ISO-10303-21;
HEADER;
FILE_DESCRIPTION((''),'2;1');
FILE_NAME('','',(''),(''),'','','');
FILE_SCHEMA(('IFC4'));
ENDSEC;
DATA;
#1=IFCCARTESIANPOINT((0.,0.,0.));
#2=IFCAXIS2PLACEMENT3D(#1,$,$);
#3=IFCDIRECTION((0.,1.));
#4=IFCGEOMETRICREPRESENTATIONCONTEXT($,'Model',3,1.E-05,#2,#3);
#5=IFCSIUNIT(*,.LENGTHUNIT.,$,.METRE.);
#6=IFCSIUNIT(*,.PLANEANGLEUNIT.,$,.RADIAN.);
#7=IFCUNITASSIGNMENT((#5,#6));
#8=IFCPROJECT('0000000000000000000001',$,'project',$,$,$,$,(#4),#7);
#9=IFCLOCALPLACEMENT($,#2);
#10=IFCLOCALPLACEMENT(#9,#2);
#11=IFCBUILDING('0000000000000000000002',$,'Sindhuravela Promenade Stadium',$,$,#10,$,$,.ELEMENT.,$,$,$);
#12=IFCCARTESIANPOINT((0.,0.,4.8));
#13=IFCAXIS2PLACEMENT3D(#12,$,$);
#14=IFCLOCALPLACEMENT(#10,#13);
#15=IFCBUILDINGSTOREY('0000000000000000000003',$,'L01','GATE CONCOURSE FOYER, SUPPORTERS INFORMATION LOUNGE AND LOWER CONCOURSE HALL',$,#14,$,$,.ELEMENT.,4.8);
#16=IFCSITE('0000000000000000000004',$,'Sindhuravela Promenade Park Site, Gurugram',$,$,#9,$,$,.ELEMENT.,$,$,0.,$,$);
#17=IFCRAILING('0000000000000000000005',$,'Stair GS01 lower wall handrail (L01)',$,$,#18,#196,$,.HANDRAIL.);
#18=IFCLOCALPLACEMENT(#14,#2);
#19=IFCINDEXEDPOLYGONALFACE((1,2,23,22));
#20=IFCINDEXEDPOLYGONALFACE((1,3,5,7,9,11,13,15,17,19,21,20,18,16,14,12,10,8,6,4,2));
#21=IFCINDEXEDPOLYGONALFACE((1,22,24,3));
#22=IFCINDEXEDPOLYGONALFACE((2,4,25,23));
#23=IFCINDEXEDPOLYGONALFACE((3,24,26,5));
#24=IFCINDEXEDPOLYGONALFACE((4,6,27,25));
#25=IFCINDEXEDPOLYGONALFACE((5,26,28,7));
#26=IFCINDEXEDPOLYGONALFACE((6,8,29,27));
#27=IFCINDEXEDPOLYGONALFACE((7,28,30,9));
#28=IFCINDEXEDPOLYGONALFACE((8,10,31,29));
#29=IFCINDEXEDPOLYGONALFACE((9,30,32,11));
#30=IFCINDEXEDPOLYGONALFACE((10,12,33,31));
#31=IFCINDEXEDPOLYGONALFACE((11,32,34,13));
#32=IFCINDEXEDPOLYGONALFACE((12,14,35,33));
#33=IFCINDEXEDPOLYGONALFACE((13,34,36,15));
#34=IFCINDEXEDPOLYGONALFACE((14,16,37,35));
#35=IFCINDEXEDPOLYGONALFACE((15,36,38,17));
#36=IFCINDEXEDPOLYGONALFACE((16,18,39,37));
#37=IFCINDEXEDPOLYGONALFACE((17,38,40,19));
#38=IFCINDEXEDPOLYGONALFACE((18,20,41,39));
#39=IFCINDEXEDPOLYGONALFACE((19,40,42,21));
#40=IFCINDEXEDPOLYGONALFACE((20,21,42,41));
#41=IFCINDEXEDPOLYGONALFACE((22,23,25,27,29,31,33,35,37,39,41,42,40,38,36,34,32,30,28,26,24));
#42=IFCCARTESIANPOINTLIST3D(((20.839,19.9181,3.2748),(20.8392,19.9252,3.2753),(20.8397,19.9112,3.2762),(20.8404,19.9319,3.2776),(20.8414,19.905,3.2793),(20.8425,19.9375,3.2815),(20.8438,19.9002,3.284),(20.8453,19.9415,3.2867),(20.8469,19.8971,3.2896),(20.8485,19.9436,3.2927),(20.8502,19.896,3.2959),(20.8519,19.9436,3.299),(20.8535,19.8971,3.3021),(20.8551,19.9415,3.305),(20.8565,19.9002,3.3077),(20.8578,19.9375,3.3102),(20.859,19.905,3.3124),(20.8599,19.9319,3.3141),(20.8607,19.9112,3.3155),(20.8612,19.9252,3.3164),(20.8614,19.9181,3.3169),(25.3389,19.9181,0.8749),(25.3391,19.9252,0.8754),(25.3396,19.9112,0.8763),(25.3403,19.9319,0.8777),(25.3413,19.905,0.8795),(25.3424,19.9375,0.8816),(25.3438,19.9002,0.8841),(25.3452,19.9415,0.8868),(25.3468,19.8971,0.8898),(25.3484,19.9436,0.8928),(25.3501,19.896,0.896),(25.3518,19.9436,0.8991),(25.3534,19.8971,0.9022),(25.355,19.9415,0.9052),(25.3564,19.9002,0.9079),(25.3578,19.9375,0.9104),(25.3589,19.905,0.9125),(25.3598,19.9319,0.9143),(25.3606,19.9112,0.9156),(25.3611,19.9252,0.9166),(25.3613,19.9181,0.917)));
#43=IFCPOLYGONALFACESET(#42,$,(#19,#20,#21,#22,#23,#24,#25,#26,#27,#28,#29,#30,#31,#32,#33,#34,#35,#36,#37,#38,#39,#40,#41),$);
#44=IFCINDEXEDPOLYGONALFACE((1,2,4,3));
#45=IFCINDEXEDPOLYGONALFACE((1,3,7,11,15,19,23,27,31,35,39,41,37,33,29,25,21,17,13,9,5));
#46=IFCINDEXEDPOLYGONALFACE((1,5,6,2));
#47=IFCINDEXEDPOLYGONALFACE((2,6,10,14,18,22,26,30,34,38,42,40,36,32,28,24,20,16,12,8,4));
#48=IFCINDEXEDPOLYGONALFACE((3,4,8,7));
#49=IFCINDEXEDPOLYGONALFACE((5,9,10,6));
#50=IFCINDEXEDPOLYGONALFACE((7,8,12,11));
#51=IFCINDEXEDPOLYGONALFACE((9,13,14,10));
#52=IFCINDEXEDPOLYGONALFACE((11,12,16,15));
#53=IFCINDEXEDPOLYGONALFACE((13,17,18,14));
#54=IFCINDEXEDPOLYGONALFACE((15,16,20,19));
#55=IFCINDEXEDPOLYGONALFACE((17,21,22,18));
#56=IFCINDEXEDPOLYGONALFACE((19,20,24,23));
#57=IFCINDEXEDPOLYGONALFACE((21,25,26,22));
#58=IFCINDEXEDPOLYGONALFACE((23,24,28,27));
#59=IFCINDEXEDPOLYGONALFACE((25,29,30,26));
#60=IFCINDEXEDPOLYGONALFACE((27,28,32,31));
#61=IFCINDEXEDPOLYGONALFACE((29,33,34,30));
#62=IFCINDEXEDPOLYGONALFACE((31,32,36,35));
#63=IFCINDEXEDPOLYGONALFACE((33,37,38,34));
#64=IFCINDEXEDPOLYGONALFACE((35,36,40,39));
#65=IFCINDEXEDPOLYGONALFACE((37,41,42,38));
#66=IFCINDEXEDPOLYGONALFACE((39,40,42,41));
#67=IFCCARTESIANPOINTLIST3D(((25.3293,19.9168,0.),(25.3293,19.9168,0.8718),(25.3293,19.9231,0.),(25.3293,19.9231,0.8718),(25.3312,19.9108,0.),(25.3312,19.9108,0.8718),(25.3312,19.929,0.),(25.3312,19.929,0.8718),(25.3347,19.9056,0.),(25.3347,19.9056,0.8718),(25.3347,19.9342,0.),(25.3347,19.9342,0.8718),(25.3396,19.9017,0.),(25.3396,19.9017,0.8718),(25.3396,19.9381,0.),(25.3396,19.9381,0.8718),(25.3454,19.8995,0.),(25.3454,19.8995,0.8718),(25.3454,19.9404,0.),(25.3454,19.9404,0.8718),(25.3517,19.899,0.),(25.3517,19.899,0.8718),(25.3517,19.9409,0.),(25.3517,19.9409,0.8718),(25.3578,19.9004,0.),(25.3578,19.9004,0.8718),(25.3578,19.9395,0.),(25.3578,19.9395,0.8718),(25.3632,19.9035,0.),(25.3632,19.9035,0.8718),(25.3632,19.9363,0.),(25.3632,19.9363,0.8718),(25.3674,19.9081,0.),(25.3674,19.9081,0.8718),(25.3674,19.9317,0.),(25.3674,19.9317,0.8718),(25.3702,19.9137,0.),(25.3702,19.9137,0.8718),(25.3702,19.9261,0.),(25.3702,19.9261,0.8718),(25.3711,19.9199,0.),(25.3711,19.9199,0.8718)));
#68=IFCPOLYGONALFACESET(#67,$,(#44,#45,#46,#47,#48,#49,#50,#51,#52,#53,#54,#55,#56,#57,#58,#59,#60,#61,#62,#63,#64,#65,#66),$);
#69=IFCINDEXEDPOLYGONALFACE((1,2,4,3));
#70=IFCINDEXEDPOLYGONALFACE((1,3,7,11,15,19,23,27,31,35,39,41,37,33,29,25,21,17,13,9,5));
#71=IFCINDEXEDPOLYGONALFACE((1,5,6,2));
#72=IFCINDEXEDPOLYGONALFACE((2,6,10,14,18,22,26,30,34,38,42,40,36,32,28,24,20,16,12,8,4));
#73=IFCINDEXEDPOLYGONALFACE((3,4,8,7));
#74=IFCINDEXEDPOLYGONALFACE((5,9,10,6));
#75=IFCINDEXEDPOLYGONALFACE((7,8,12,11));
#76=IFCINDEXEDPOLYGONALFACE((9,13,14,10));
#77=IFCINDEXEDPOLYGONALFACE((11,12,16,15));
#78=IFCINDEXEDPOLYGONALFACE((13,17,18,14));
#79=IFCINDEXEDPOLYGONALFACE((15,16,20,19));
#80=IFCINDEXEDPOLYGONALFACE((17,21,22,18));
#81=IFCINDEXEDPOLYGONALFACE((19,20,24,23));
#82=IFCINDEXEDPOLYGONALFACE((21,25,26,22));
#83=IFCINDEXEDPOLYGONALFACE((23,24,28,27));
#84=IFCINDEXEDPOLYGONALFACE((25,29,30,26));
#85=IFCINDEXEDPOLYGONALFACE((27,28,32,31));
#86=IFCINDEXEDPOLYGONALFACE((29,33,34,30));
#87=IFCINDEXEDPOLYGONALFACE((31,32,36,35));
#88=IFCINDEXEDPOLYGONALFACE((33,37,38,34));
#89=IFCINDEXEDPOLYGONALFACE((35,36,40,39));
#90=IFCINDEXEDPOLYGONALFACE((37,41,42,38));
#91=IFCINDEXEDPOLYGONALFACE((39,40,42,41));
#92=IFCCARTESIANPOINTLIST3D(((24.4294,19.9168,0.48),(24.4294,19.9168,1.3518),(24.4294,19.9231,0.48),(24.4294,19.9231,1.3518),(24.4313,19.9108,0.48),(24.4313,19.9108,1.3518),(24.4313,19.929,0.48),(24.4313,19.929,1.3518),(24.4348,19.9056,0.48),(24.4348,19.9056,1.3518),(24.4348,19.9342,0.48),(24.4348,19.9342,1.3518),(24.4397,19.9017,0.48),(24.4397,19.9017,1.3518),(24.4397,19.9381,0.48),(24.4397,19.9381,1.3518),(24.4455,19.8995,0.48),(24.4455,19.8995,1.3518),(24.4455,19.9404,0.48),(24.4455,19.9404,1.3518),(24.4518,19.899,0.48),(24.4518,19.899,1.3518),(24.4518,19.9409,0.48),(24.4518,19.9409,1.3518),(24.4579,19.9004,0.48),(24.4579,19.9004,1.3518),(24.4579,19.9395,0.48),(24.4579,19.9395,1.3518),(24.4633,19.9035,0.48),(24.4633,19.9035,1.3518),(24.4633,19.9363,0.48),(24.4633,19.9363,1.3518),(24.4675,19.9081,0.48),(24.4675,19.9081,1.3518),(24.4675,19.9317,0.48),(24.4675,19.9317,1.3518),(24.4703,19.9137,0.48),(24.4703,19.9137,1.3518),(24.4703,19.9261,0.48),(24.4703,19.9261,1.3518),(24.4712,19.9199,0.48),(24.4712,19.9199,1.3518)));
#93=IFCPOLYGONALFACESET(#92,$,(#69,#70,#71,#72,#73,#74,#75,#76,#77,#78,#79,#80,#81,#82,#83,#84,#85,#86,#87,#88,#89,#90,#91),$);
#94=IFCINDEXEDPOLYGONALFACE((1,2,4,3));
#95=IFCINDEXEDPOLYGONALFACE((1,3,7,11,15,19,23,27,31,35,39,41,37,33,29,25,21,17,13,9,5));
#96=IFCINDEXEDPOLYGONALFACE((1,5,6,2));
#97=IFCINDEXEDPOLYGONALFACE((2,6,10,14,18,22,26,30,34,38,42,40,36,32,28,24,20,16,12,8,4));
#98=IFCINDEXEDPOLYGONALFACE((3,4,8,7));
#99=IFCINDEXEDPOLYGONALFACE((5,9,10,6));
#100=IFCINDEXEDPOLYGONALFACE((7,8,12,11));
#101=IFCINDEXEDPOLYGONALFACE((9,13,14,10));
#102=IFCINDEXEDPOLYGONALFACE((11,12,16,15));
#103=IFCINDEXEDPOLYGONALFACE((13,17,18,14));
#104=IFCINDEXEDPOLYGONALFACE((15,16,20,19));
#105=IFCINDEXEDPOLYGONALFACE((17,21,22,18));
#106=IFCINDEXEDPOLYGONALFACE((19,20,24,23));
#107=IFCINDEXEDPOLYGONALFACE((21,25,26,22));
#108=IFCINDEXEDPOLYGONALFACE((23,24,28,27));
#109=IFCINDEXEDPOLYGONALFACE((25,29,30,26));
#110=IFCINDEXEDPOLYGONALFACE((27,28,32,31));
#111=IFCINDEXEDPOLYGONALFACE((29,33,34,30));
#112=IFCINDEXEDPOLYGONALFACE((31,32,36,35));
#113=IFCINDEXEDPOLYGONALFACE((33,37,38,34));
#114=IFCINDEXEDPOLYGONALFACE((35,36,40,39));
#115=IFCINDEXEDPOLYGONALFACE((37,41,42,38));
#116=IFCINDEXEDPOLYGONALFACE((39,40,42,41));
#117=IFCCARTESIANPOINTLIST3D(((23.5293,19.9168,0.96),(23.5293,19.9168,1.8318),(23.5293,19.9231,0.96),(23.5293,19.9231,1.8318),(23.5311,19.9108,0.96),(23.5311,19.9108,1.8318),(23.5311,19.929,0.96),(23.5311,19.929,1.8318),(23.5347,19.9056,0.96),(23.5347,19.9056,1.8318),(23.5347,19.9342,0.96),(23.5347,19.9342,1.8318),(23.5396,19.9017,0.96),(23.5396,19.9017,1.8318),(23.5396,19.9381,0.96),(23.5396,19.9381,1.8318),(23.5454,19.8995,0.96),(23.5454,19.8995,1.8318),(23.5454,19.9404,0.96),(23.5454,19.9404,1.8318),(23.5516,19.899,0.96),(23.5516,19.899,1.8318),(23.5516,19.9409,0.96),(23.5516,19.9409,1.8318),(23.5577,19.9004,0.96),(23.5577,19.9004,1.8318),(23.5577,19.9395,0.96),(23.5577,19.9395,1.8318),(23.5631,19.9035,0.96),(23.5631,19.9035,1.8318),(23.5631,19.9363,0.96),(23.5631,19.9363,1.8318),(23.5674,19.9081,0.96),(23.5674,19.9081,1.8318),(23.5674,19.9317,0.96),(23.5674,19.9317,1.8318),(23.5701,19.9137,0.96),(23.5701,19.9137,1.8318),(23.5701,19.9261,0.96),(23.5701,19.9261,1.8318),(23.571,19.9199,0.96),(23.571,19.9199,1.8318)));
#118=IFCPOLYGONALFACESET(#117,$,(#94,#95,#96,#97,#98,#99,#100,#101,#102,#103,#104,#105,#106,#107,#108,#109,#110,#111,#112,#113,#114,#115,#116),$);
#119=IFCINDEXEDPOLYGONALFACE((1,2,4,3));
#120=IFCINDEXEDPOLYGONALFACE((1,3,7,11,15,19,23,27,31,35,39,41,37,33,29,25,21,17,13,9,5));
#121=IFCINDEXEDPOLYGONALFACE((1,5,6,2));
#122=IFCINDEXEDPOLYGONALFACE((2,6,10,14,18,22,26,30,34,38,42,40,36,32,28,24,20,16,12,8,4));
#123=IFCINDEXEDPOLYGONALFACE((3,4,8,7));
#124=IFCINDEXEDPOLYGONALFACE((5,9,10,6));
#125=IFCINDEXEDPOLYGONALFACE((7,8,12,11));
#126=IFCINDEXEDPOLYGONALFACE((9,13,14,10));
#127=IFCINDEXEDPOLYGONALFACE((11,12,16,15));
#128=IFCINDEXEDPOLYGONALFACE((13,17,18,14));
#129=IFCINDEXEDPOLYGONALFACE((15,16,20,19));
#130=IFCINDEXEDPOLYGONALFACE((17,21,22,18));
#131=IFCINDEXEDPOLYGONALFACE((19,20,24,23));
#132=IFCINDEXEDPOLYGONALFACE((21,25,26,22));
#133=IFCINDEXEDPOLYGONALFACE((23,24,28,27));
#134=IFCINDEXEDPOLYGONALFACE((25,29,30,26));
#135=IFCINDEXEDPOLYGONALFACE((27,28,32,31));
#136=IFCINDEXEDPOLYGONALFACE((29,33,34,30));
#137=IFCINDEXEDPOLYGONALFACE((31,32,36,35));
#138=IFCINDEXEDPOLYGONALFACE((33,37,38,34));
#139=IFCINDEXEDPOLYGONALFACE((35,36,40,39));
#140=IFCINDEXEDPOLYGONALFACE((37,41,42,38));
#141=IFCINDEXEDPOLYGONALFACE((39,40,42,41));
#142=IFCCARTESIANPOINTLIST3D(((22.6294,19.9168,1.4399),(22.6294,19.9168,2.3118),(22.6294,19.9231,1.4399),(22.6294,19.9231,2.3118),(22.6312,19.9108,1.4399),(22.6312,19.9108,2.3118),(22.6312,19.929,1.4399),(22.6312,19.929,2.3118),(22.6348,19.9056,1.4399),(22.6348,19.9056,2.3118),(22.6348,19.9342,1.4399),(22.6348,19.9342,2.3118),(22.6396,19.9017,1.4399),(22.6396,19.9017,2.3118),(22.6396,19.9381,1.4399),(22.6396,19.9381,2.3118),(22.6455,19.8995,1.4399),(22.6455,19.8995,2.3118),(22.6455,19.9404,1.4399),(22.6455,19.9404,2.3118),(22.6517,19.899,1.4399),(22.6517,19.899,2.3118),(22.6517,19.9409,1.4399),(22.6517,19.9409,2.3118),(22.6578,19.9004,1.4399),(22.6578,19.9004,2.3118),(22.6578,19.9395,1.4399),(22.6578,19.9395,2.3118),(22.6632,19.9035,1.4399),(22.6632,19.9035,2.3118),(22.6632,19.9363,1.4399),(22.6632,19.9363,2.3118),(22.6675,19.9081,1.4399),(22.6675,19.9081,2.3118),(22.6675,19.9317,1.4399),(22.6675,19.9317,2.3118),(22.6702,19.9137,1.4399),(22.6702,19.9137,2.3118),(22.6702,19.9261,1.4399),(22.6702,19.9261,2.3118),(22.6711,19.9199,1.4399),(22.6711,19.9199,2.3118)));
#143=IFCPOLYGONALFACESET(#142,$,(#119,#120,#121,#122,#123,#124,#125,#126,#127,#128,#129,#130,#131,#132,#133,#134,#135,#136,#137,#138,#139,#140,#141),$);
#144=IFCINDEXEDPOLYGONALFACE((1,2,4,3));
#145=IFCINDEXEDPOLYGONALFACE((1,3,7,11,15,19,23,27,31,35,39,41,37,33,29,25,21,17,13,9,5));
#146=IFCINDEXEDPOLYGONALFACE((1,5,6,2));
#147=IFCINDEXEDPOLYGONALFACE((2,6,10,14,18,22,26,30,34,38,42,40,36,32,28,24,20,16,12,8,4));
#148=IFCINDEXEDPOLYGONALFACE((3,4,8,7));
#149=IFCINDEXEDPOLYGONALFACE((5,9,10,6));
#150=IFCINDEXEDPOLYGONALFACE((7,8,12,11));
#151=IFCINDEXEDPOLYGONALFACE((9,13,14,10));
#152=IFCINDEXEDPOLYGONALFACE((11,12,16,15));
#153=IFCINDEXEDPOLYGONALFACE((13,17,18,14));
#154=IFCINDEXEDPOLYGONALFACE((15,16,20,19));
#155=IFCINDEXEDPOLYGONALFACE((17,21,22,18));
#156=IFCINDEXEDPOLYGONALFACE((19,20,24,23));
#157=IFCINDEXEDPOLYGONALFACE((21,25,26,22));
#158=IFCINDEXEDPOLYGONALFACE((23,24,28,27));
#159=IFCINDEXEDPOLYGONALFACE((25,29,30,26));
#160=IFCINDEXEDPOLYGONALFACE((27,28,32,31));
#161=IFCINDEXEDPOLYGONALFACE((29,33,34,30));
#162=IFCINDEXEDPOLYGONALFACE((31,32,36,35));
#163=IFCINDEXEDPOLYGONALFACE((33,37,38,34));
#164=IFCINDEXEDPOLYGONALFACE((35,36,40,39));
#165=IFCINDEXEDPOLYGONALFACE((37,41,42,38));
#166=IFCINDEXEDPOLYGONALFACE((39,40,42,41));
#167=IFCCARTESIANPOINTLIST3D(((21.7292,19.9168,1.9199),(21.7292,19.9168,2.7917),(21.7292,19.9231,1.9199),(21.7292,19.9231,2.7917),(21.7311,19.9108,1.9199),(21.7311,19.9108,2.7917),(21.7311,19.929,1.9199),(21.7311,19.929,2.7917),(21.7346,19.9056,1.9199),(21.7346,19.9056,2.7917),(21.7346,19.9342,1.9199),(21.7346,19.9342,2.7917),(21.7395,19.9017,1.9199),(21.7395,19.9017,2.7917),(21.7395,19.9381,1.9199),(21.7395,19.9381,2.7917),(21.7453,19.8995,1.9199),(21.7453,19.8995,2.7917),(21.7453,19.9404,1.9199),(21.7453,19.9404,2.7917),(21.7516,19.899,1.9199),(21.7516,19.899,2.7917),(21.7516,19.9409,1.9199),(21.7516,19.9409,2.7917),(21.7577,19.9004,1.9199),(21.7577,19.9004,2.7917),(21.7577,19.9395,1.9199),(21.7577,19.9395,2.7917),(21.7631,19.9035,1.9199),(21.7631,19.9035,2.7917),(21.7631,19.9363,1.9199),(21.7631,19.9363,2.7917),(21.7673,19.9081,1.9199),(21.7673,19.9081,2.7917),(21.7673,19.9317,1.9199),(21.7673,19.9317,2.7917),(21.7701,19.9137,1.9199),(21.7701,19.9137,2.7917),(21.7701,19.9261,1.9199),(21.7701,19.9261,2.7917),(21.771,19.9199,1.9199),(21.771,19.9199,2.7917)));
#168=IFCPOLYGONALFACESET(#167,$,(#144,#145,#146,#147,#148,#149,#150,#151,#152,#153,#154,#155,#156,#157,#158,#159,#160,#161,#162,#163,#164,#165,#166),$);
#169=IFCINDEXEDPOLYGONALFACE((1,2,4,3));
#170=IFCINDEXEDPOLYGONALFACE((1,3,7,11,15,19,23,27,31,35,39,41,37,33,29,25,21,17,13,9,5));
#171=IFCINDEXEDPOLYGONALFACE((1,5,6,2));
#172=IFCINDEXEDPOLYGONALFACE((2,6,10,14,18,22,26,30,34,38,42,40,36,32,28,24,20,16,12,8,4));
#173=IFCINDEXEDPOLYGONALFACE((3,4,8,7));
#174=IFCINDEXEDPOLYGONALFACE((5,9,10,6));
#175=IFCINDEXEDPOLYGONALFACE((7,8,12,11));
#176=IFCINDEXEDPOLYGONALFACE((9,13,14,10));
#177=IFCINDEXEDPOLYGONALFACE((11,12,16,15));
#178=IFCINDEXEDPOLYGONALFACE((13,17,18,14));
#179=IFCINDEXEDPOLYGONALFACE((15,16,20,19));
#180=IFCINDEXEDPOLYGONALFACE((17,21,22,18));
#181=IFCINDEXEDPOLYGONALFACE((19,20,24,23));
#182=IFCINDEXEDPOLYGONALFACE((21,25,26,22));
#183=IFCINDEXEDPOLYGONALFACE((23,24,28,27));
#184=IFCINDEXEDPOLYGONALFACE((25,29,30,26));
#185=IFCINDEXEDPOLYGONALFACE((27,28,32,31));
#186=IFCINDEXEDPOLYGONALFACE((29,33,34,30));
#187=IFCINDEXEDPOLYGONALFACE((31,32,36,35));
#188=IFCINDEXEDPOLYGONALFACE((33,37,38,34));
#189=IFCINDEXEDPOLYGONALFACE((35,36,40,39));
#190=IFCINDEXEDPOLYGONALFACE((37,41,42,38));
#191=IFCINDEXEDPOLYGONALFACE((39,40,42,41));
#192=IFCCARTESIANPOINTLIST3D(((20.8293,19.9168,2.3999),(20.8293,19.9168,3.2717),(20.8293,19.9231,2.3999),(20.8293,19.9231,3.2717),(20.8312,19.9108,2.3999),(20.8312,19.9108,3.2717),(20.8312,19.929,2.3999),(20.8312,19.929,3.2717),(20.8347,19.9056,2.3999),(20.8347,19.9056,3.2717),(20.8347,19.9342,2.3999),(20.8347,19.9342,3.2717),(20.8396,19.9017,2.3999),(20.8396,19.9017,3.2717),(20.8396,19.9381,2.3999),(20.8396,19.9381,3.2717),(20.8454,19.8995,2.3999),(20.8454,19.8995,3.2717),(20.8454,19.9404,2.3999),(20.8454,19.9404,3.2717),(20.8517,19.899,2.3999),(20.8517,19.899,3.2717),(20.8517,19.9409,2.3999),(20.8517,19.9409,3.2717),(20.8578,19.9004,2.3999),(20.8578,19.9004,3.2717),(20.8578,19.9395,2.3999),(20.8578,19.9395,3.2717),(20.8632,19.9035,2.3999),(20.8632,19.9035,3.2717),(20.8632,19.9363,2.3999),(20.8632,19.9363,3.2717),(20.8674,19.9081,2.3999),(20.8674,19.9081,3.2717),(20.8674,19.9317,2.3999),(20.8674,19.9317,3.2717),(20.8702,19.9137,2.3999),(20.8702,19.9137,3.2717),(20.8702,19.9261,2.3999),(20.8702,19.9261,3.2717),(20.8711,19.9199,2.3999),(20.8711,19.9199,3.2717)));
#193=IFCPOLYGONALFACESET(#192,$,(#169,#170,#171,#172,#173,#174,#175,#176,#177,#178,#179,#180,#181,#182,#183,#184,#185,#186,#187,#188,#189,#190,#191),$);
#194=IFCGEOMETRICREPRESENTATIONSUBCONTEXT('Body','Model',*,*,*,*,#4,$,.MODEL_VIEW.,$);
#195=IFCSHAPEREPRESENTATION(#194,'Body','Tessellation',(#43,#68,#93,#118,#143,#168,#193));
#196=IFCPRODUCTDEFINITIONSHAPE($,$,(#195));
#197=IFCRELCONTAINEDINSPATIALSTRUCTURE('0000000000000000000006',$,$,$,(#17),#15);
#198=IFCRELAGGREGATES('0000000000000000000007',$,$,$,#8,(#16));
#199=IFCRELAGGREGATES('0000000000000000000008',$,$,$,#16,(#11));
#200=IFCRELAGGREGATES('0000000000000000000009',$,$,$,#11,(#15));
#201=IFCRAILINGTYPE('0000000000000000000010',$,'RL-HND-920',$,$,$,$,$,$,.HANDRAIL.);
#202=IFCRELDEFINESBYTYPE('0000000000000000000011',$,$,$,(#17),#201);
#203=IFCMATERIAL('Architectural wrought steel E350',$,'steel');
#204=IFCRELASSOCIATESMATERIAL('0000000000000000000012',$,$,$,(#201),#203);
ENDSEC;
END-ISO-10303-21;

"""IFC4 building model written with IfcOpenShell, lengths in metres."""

from ifc_helpers import new_model, si_unit, direction, frame, origin, origin_2d, place, context, subcontext, project, spatial, circle, extrude, material, type_object, element, save


model = new_model("IFC4")

# Units and contexts
model_context = context("Model", 3, precision=1e-05, world=origin(), true_north=direction((0.0, 1.0)))
body_context = subcontext(model_context, "Body", "Model", "MODEL_VIEW")
ifc_project = project(units=[si_unit("LENGTHUNIT", "METRE"), si_unit("PLANEANGLEUNIT", "RADIAN")], contexts=[model_context])

# Site, building, storey
site_placement = place(None, origin())
site = spatial("IfcSite", under=ifc_project, at=site_placement, Name="Sindhuravela Promenade Park Site, Gurugram", CompositionType="ELEMENT", RefElevation=0.0)
building_placement = place(site_placement, origin())
building = spatial("IfcBuilding", under=site, at=building_placement, Name="Sindhuravela Promenade Stadium", CompositionType="ELEMENT")
storey_placement = place(building_placement, frame((0.0, 0.0, 4.8)))
storey = spatial("IfcBuildingStorey", under=building, at=storey_placement, Name="L01", Description="GATE CONCOURSE FOYER, SUPPORTERS INFORMATION LOUNGE AND LOWER CONCOURSE HALL", CompositionType="ELEMENT", Elevation=4.8)

# Shared definitions
ifc_material_1 = material(Name="Architectural wrought steel E350", Category="steel")

# Railing
railing_type = type_object("IfcRailingType", Name="RL-HND-920", PredefinedType="HANDRAIL", material=ifc_material_1)
railing_placement = place(storey_placement, frame((25.3501, 19.9199, 0.0)))
element("IfcRailing", 1, at=railing_placement, inside=storey, type_object=railing_type, Name="Stair GS01 lower wall handrail (L01)", PredefinedType="HANDRAIL", context=body_context, shape_type="SweptSolid", body=[
    extrude(circle(Radius=0.0239, at=origin_2d()), frame((0.0, 0.0, 0.896), z_axis=(-0.882361, 0.0, 0.470573), x_axis=(0.0, -1.0, 0.0)), (0.0, 0.0, 1.0), 5.0999),
    extrude(circle(Radius=0.021, at=origin_2d()), origin(), (0.0, 0.0, 1.0), 0.8718),
    extrude(circle(Radius=0.021, at=origin_2d()), frame((-0.8999, 0.0, 0.48)), (0.0, 0.0, 1.0), 0.8718),
    extrude(circle(Radius=0.021, at=origin_2d()), frame((-1.8, 0.0, 0.96)), (0.0, 0.0, 1.0), 0.8718),
    extrude(circle(Radius=0.021, at=origin_2d()), frame((-2.7, 0.0, 1.4399)), (0.0, 0.0, 1.0), 0.8718),
    extrude(circle(Radius=0.021, at=origin_2d()), frame((-3.6001, 0.0, 1.9199)), (0.0, 0.0, 1.0), 0.8718),
    extrude(circle(Radius=0.021, at=origin_2d()), frame((-4.5, 0.0, 2.3999)), (0.0, 0.0, 1.0), 0.8718),
])

save(model, "model.ifc")
